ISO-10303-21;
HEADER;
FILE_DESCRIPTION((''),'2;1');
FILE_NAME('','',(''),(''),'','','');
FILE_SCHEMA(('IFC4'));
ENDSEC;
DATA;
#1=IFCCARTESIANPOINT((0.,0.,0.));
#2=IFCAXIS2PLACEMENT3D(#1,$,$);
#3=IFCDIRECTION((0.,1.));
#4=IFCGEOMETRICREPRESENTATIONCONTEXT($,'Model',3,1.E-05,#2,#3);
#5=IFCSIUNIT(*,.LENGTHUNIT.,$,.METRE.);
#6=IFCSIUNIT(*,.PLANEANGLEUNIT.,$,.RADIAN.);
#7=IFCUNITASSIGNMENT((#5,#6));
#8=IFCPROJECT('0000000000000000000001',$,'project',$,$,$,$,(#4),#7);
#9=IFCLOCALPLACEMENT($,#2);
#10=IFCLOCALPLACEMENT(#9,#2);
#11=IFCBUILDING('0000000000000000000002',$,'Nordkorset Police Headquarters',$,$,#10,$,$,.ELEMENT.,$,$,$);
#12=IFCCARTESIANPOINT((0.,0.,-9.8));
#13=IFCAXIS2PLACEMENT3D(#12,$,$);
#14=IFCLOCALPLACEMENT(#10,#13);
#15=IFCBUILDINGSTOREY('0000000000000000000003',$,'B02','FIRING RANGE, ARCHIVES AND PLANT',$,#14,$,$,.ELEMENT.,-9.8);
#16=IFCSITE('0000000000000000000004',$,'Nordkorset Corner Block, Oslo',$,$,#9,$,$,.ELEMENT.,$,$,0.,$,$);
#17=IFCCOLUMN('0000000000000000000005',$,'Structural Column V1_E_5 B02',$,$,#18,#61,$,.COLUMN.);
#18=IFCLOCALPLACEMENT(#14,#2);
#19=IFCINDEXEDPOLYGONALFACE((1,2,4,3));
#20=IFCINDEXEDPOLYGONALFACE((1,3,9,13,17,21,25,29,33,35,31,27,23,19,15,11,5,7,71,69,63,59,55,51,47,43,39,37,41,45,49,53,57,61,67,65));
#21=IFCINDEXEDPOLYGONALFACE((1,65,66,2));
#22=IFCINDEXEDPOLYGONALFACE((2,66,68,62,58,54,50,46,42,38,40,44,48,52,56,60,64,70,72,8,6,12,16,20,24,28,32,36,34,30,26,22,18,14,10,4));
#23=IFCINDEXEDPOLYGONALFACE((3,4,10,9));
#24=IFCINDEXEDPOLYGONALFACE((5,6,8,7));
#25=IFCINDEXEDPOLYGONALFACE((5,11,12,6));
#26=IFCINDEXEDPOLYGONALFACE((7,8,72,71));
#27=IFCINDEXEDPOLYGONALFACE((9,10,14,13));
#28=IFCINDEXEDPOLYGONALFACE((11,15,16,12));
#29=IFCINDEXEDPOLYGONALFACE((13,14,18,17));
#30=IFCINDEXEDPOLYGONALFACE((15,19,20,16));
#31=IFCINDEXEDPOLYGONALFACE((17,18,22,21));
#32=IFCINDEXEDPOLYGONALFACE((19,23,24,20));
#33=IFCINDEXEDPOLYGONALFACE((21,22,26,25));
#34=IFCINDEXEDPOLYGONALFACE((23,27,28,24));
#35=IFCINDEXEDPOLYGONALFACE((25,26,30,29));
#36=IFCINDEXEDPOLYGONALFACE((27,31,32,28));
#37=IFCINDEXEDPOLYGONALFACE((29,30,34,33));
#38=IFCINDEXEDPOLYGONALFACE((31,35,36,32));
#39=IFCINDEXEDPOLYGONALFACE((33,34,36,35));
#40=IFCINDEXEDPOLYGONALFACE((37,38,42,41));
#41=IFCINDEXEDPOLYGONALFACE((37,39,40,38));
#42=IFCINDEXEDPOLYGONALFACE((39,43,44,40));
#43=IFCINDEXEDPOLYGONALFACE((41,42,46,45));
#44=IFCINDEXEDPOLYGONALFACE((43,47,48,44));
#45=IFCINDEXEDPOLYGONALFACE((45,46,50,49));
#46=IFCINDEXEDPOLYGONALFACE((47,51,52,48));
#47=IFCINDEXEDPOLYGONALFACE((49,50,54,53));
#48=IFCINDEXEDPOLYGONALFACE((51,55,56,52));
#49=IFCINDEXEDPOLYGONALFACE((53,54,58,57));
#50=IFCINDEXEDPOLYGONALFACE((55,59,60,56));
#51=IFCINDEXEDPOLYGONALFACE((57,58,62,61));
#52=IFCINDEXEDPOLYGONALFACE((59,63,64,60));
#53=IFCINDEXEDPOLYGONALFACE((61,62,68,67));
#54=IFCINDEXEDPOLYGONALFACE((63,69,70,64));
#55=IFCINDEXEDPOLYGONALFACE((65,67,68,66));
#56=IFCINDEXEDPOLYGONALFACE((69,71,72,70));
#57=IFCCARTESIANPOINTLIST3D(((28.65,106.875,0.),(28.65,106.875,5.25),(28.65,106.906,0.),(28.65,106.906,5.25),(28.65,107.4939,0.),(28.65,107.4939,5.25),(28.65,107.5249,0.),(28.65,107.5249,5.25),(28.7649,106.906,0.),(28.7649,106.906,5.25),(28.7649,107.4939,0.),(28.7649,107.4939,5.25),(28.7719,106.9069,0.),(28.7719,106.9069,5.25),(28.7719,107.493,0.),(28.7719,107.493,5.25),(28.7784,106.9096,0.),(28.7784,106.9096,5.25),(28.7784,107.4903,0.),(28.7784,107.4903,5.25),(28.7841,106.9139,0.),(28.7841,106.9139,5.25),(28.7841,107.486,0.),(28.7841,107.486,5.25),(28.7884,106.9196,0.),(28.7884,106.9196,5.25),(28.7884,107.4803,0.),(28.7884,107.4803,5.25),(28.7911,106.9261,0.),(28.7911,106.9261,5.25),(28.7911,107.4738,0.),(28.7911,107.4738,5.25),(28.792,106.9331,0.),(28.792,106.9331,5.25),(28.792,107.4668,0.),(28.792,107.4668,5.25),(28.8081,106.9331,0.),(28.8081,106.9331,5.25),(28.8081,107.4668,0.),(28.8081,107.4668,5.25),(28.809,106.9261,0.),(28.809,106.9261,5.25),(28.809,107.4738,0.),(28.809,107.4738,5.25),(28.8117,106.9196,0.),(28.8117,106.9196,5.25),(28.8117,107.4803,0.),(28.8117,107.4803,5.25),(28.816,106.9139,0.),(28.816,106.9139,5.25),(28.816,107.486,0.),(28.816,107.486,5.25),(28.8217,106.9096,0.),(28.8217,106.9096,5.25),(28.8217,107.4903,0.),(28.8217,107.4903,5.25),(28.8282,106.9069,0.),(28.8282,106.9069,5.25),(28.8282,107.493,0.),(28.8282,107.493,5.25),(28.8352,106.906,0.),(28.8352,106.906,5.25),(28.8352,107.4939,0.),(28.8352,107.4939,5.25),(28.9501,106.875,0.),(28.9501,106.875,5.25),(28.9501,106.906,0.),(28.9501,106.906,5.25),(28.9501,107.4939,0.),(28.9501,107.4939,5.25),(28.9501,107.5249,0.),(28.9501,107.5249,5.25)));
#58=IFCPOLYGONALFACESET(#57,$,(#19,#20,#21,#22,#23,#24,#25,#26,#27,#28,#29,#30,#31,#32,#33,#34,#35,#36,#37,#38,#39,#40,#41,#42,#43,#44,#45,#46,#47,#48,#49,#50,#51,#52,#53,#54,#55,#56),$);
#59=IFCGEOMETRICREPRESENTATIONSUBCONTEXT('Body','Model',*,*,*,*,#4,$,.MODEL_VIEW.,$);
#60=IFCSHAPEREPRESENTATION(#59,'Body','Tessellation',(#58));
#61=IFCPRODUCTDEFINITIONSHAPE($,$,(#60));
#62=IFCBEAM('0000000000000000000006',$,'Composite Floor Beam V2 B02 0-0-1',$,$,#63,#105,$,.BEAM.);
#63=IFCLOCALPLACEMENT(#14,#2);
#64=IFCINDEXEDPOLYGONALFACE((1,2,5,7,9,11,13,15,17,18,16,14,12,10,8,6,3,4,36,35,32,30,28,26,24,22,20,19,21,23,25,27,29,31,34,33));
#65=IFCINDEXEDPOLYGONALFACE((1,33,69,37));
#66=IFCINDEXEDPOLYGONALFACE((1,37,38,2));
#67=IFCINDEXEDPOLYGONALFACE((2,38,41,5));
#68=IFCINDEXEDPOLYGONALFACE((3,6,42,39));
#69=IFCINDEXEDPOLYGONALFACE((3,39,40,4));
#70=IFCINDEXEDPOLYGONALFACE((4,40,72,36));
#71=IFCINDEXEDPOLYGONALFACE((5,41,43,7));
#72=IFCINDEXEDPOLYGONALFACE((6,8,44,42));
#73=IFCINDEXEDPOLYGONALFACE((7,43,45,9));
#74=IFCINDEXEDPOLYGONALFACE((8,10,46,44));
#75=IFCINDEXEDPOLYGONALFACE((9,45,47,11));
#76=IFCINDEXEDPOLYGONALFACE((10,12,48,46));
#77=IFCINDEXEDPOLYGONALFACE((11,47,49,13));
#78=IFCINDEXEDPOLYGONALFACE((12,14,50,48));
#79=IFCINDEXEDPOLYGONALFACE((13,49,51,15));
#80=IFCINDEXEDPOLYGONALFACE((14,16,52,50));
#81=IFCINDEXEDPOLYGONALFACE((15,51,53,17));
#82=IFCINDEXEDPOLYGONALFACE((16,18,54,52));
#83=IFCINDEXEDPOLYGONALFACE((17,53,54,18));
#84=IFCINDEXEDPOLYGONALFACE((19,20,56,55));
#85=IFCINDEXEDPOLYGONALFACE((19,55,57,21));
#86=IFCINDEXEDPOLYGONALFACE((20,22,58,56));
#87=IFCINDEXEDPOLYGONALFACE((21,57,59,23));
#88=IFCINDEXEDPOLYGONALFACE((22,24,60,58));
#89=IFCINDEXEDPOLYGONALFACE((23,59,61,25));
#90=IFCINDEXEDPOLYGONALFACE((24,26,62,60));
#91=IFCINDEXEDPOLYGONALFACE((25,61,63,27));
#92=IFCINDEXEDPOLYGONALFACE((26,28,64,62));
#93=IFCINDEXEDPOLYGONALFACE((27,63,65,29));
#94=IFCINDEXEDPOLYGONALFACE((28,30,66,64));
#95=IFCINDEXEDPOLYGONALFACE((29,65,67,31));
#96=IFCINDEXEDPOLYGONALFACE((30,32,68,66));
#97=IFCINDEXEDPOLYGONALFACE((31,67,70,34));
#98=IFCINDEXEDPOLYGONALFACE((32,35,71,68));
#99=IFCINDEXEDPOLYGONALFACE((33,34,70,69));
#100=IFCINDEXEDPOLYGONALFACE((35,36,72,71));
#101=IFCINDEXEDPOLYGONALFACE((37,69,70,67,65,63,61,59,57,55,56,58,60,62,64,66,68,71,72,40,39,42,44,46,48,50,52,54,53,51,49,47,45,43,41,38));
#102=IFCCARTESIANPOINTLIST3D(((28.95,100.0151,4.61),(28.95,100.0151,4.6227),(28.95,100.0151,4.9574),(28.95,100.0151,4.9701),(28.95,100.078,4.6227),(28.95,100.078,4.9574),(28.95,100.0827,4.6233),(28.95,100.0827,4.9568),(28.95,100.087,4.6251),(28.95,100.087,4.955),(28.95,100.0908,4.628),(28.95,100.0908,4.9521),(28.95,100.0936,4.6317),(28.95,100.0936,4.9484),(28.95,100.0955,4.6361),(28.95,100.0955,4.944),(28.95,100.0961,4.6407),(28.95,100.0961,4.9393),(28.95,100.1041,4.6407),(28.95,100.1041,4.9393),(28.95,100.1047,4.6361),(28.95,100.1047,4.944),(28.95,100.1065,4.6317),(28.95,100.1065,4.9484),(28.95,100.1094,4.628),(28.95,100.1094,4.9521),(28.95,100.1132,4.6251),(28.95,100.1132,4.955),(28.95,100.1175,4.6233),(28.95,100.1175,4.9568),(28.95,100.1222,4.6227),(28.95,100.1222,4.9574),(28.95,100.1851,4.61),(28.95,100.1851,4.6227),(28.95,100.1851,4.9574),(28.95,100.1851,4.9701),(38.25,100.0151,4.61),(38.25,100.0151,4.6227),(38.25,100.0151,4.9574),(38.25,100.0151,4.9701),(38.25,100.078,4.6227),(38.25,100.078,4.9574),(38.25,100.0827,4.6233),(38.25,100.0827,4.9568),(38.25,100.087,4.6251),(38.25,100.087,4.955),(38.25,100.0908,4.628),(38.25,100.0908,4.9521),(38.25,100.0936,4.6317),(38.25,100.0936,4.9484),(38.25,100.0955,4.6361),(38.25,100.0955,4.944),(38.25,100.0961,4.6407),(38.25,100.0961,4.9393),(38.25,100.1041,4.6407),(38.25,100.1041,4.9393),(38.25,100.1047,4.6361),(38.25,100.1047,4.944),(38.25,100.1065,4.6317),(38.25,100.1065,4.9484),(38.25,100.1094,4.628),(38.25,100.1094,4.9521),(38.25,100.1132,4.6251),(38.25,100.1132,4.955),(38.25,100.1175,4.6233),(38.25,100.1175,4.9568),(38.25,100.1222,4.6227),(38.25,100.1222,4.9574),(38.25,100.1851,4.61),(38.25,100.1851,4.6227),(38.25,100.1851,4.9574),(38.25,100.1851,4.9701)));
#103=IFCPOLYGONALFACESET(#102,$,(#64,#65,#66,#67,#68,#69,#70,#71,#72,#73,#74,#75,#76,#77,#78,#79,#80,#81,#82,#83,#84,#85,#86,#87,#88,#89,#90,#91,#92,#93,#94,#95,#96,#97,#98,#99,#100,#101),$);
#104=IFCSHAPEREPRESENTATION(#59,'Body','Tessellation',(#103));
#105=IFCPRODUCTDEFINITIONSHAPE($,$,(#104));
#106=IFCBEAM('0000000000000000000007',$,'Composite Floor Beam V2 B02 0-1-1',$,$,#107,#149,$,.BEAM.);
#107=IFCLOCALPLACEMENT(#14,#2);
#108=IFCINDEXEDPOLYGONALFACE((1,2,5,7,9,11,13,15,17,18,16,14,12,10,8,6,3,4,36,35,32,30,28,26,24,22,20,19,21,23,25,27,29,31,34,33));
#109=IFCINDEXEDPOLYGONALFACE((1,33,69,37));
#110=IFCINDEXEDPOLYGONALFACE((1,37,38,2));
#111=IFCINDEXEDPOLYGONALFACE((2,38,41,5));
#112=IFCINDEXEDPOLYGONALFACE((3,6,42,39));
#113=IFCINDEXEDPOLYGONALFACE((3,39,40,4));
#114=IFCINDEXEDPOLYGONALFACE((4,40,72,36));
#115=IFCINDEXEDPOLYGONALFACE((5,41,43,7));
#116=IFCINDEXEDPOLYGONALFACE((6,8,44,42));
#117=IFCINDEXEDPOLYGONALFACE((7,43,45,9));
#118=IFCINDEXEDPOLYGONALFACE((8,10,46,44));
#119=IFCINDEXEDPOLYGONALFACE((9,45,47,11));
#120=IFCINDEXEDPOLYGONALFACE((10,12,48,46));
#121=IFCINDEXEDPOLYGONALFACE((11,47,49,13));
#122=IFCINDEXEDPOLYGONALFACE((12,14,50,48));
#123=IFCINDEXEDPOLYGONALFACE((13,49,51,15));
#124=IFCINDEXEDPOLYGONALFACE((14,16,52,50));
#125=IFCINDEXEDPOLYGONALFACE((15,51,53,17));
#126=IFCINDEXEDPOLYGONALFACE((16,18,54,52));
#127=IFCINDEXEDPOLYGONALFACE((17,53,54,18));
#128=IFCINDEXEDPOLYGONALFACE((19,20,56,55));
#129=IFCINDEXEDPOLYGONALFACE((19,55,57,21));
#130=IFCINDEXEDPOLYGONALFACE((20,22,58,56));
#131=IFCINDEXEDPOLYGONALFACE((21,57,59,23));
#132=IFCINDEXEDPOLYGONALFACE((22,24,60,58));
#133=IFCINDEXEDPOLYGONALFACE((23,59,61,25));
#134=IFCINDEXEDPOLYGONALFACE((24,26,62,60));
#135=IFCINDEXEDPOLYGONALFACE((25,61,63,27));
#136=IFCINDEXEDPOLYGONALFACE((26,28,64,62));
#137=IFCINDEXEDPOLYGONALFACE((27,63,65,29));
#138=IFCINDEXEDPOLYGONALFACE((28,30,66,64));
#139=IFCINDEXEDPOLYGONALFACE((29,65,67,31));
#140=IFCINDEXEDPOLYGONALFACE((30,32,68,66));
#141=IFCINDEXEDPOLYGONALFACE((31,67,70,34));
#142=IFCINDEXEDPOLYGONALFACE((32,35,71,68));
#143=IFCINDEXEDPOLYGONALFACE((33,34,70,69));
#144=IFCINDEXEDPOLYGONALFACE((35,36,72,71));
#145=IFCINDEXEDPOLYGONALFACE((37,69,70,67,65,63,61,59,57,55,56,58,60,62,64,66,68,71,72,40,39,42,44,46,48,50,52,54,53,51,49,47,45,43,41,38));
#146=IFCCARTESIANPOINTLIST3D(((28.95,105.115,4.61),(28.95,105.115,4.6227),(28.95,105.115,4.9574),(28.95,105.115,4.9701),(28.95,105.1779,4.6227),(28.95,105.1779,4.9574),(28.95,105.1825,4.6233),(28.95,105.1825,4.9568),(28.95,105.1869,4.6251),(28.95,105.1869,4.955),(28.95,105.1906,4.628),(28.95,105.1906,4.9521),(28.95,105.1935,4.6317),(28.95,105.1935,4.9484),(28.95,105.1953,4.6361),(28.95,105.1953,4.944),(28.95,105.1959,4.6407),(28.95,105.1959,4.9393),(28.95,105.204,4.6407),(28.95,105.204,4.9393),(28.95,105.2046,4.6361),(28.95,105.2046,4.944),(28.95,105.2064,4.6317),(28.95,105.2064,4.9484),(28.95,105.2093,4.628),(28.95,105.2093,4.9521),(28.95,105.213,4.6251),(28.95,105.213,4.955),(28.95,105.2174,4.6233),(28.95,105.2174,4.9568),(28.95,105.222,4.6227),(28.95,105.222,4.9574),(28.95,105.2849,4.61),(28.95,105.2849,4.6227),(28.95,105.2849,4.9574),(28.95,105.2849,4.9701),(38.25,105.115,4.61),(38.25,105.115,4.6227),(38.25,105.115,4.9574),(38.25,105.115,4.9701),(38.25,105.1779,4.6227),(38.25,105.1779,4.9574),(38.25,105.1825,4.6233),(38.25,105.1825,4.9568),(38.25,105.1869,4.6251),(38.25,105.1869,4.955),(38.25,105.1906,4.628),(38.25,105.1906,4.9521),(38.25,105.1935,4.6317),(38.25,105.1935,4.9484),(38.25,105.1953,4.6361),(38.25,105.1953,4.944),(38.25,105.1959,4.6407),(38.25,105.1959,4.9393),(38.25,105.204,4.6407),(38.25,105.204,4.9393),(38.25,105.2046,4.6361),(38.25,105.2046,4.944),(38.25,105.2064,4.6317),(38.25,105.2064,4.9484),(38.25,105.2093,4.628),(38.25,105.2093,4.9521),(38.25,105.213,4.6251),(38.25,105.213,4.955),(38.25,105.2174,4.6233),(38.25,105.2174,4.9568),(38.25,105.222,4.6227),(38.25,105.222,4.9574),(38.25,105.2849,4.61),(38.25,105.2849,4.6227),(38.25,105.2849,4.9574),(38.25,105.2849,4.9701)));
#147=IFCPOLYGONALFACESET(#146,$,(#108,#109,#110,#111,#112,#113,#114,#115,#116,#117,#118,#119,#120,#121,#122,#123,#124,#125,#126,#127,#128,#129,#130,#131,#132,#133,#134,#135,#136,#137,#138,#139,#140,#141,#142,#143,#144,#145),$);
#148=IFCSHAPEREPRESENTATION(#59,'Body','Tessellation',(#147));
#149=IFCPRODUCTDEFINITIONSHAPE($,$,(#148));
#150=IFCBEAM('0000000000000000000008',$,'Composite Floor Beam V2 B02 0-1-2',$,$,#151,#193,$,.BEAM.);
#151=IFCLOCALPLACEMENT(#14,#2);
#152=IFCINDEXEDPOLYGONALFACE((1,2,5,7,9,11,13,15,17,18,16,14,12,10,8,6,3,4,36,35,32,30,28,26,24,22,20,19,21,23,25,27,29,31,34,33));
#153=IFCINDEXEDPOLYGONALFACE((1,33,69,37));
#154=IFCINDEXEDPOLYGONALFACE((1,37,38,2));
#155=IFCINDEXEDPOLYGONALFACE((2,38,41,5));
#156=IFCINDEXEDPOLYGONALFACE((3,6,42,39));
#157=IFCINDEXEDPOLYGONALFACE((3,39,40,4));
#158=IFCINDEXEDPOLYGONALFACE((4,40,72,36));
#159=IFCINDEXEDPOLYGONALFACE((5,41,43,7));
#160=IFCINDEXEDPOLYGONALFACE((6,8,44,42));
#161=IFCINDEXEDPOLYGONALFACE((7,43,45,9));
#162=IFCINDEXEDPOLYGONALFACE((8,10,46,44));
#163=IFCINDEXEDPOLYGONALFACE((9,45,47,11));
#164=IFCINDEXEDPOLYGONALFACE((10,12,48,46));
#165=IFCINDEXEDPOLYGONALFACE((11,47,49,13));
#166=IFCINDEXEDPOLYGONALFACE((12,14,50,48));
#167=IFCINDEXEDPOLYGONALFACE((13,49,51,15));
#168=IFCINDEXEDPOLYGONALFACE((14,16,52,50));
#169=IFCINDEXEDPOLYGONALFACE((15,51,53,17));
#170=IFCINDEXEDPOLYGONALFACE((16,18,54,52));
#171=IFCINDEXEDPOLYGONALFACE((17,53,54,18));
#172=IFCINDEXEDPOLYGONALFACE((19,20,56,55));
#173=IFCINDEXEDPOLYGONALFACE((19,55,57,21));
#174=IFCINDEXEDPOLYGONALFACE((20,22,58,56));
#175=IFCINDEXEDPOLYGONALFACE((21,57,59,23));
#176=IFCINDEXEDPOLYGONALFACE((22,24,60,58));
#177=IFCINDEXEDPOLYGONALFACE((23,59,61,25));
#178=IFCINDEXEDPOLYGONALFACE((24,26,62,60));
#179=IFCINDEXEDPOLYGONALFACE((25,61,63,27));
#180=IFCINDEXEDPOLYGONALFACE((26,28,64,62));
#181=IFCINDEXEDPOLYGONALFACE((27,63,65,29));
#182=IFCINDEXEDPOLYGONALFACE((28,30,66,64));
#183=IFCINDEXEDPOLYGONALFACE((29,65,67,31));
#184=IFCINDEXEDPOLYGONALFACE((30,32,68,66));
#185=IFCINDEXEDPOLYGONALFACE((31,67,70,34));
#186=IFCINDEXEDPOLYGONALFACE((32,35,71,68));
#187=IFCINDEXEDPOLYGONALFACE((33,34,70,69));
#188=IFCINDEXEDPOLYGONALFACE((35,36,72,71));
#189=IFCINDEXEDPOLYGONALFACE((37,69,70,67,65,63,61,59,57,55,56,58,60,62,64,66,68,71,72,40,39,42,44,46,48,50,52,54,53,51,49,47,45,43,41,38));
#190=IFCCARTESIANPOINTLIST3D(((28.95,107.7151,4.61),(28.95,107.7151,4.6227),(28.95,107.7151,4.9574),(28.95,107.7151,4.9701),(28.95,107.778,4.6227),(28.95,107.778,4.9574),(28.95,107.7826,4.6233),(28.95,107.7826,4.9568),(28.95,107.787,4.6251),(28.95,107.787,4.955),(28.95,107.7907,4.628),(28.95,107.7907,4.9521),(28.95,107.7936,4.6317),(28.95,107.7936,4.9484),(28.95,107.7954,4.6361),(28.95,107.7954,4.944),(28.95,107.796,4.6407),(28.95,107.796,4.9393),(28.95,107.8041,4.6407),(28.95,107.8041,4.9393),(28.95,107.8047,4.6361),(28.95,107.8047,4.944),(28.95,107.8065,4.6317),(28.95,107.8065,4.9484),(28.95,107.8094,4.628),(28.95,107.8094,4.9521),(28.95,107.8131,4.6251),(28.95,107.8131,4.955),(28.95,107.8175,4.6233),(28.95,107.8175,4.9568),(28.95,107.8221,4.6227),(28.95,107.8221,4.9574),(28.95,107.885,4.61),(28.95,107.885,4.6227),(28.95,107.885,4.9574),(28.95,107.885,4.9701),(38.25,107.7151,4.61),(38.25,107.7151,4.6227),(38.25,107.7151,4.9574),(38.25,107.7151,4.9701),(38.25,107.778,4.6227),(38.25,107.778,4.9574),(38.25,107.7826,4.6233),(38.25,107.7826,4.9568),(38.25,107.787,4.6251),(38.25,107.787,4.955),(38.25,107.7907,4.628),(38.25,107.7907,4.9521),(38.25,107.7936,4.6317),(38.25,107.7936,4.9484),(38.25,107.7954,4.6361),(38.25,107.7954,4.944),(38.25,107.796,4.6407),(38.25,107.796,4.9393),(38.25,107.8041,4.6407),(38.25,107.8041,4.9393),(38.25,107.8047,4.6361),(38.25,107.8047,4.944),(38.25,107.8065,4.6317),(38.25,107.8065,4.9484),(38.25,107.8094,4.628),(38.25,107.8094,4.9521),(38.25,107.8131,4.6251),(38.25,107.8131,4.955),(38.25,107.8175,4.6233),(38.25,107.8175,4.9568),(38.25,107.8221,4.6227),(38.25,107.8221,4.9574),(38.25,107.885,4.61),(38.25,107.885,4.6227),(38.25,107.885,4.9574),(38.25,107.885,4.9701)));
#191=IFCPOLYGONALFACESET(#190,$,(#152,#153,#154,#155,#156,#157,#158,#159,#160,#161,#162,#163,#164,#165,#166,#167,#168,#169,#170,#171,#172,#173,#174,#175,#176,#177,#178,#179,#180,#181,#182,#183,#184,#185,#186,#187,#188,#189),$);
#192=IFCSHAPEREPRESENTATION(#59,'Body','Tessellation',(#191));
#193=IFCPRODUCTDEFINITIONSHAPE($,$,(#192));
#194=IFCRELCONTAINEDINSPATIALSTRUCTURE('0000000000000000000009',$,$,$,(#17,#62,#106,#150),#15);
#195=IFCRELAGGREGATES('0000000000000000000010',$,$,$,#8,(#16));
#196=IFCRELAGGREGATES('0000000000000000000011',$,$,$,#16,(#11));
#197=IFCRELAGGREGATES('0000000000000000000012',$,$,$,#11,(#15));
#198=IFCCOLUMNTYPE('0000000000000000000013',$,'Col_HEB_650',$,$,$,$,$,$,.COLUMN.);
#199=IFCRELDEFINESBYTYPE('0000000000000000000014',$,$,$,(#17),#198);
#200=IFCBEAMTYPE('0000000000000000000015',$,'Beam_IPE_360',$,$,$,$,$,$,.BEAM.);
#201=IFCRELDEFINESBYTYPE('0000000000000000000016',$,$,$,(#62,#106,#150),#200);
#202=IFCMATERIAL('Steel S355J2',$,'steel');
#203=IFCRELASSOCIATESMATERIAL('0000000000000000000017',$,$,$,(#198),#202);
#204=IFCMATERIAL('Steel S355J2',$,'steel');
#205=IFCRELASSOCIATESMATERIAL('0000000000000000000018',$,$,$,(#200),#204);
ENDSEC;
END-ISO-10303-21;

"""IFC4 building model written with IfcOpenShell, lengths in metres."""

from ifc_helpers import new_model, si_unit, direction, frame, origin, origin_2d, place, context, subcontext, project, spatial, i_section, extrude, material, material_profile, profile_set, type_object, element, save


model = new_model("IFC4")

# Units and contexts
model_context = context("Model", 3, precision=1e-05, world=origin(), true_north=direction((0.0, 1.0)))
body_context = subcontext(model_context, "Body", "Model", "MODEL_VIEW")
ifc_project = project(units=[si_unit("LENGTHUNIT", "METRE"), si_unit("PLANEANGLEUNIT", "RADIAN")], contexts=[model_context])

# Site, building, storey
site_placement = place(None, origin())
site = spatial("IfcSite", under=ifc_project, at=site_placement, Name="Nordkorset Corner Block, Oslo", CompositionType="ELEMENT", RefElevation=0.0)
building_placement = place(site_placement, origin())
building = spatial("IfcBuilding", under=site, at=building_placement, Name="Nordkorset Police Headquarters", CompositionType="ELEMENT")
storey_placement = place(building_placement, frame((0.0, 0.0, -9.8)))
storey = spatial("IfcBuildingStorey", under=building, at=storey_placement, Name="B02", Description="FIRING RANGE, ARCHIVES AND PLANT", CompositionType="ELEMENT", Elevation=-9.8)

# Column
ifc_material_1 = material(Name="Steel S355J2", Category="steel")
ifc_material_profile_1 = material_profile(ifc_material_1, i_section(OverallWidth=0.3, OverallDepth=0.6499, WebThickness=0.0161, FlangeThickness=0.031, FilletRadius=0.0271, at=origin_2d()), Name="HEB 650")
ifc_profile_set_1 = profile_set([ifc_material_profile_1], Name="Steel S355J2")
column_type = type_object("IfcColumnType", Name="Col_HEB_650", PredefinedType="COLUMN", material=ifc_profile_set_1)
for number, where, z_axis, x_axis, name in (
    (1, (28.8, 107.2, 0.0), (0.0, 0.0, 1.0), (1.0, 0.0, 0.0), "Structural Column V1_E_5 B02"),
):
    element("IfcColumn", number, at=place(storey_placement, frame(where, z_axis=z_axis, x_axis=x_axis)), inside=storey, type_object=column_type, Name=name, PredefinedType="COLUMN", context=body_context, shape_type="SweptSolid", body=[
        extrude(i_section(OverallWidth=0.3, OverallDepth=0.6499, WebThickness=0.0161, FlangeThickness=0.031, FilletRadius=0.0271, at=origin_2d()), origin(), (0.0, 0.0, 1.0), 5.25),
    ])

# Beams
ifc_material_2 = material(Name="Steel S355J2", Category="steel")
ifc_material_profile_2 = material_profile(ifc_material_2, i_section(OverallWidth=0.1699, OverallDepth=0.3601, WebThickness=0.0081, FlangeThickness=0.0127, FilletRadius=0.0181, at=origin_2d()), Name="IPE 360")
ifc_profile_set_2 = profile_set([ifc_material_profile_2], Name="Steel S355J2")
beam_type_1 = type_object("IfcBeamType", Name="Beam_IPE_360", PredefinedType="BEAM", material=ifc_profile_set_2)
for number, where, z_axis, x_axis, name in (
    (2, (28.95, 100.1001, 4.79), (1.0, 0.0, 0.0), (0.0, 1.0, 0.0), "Composite Floor Beam V2 B02 0-0-1"),
    (3, (28.95, 105.2, 4.79), (1.0, 0.0, 0.0), (0.0, 1.0, 0.0), "Composite Floor Beam V2 B02 0-1-1"),
    (4, (28.95, 107.8, 4.79), (1.0, 0.0, 0.0), (0.0, 1.0, 0.0), "Composite Floor Beam V2 B02 0-1-2"),
):
    element("IfcBeam", number, at=place(storey_placement, frame(where, z_axis=z_axis, x_axis=x_axis)), inside=storey, type_object=beam_type_1, Name=name, PredefinedType="BEAM", context=body_context, shape_type="SweptSolid", body=[
        extrude(i_section(OverallWidth=0.1699, OverallDepth=0.3601, WebThickness=0.0081, FlangeThickness=0.0127, FilletRadius=0.0181, at=origin_2d()), origin(), (0.0, 0.0, 1.0), 9.3),
    ])

save(model, "model.ifc")
